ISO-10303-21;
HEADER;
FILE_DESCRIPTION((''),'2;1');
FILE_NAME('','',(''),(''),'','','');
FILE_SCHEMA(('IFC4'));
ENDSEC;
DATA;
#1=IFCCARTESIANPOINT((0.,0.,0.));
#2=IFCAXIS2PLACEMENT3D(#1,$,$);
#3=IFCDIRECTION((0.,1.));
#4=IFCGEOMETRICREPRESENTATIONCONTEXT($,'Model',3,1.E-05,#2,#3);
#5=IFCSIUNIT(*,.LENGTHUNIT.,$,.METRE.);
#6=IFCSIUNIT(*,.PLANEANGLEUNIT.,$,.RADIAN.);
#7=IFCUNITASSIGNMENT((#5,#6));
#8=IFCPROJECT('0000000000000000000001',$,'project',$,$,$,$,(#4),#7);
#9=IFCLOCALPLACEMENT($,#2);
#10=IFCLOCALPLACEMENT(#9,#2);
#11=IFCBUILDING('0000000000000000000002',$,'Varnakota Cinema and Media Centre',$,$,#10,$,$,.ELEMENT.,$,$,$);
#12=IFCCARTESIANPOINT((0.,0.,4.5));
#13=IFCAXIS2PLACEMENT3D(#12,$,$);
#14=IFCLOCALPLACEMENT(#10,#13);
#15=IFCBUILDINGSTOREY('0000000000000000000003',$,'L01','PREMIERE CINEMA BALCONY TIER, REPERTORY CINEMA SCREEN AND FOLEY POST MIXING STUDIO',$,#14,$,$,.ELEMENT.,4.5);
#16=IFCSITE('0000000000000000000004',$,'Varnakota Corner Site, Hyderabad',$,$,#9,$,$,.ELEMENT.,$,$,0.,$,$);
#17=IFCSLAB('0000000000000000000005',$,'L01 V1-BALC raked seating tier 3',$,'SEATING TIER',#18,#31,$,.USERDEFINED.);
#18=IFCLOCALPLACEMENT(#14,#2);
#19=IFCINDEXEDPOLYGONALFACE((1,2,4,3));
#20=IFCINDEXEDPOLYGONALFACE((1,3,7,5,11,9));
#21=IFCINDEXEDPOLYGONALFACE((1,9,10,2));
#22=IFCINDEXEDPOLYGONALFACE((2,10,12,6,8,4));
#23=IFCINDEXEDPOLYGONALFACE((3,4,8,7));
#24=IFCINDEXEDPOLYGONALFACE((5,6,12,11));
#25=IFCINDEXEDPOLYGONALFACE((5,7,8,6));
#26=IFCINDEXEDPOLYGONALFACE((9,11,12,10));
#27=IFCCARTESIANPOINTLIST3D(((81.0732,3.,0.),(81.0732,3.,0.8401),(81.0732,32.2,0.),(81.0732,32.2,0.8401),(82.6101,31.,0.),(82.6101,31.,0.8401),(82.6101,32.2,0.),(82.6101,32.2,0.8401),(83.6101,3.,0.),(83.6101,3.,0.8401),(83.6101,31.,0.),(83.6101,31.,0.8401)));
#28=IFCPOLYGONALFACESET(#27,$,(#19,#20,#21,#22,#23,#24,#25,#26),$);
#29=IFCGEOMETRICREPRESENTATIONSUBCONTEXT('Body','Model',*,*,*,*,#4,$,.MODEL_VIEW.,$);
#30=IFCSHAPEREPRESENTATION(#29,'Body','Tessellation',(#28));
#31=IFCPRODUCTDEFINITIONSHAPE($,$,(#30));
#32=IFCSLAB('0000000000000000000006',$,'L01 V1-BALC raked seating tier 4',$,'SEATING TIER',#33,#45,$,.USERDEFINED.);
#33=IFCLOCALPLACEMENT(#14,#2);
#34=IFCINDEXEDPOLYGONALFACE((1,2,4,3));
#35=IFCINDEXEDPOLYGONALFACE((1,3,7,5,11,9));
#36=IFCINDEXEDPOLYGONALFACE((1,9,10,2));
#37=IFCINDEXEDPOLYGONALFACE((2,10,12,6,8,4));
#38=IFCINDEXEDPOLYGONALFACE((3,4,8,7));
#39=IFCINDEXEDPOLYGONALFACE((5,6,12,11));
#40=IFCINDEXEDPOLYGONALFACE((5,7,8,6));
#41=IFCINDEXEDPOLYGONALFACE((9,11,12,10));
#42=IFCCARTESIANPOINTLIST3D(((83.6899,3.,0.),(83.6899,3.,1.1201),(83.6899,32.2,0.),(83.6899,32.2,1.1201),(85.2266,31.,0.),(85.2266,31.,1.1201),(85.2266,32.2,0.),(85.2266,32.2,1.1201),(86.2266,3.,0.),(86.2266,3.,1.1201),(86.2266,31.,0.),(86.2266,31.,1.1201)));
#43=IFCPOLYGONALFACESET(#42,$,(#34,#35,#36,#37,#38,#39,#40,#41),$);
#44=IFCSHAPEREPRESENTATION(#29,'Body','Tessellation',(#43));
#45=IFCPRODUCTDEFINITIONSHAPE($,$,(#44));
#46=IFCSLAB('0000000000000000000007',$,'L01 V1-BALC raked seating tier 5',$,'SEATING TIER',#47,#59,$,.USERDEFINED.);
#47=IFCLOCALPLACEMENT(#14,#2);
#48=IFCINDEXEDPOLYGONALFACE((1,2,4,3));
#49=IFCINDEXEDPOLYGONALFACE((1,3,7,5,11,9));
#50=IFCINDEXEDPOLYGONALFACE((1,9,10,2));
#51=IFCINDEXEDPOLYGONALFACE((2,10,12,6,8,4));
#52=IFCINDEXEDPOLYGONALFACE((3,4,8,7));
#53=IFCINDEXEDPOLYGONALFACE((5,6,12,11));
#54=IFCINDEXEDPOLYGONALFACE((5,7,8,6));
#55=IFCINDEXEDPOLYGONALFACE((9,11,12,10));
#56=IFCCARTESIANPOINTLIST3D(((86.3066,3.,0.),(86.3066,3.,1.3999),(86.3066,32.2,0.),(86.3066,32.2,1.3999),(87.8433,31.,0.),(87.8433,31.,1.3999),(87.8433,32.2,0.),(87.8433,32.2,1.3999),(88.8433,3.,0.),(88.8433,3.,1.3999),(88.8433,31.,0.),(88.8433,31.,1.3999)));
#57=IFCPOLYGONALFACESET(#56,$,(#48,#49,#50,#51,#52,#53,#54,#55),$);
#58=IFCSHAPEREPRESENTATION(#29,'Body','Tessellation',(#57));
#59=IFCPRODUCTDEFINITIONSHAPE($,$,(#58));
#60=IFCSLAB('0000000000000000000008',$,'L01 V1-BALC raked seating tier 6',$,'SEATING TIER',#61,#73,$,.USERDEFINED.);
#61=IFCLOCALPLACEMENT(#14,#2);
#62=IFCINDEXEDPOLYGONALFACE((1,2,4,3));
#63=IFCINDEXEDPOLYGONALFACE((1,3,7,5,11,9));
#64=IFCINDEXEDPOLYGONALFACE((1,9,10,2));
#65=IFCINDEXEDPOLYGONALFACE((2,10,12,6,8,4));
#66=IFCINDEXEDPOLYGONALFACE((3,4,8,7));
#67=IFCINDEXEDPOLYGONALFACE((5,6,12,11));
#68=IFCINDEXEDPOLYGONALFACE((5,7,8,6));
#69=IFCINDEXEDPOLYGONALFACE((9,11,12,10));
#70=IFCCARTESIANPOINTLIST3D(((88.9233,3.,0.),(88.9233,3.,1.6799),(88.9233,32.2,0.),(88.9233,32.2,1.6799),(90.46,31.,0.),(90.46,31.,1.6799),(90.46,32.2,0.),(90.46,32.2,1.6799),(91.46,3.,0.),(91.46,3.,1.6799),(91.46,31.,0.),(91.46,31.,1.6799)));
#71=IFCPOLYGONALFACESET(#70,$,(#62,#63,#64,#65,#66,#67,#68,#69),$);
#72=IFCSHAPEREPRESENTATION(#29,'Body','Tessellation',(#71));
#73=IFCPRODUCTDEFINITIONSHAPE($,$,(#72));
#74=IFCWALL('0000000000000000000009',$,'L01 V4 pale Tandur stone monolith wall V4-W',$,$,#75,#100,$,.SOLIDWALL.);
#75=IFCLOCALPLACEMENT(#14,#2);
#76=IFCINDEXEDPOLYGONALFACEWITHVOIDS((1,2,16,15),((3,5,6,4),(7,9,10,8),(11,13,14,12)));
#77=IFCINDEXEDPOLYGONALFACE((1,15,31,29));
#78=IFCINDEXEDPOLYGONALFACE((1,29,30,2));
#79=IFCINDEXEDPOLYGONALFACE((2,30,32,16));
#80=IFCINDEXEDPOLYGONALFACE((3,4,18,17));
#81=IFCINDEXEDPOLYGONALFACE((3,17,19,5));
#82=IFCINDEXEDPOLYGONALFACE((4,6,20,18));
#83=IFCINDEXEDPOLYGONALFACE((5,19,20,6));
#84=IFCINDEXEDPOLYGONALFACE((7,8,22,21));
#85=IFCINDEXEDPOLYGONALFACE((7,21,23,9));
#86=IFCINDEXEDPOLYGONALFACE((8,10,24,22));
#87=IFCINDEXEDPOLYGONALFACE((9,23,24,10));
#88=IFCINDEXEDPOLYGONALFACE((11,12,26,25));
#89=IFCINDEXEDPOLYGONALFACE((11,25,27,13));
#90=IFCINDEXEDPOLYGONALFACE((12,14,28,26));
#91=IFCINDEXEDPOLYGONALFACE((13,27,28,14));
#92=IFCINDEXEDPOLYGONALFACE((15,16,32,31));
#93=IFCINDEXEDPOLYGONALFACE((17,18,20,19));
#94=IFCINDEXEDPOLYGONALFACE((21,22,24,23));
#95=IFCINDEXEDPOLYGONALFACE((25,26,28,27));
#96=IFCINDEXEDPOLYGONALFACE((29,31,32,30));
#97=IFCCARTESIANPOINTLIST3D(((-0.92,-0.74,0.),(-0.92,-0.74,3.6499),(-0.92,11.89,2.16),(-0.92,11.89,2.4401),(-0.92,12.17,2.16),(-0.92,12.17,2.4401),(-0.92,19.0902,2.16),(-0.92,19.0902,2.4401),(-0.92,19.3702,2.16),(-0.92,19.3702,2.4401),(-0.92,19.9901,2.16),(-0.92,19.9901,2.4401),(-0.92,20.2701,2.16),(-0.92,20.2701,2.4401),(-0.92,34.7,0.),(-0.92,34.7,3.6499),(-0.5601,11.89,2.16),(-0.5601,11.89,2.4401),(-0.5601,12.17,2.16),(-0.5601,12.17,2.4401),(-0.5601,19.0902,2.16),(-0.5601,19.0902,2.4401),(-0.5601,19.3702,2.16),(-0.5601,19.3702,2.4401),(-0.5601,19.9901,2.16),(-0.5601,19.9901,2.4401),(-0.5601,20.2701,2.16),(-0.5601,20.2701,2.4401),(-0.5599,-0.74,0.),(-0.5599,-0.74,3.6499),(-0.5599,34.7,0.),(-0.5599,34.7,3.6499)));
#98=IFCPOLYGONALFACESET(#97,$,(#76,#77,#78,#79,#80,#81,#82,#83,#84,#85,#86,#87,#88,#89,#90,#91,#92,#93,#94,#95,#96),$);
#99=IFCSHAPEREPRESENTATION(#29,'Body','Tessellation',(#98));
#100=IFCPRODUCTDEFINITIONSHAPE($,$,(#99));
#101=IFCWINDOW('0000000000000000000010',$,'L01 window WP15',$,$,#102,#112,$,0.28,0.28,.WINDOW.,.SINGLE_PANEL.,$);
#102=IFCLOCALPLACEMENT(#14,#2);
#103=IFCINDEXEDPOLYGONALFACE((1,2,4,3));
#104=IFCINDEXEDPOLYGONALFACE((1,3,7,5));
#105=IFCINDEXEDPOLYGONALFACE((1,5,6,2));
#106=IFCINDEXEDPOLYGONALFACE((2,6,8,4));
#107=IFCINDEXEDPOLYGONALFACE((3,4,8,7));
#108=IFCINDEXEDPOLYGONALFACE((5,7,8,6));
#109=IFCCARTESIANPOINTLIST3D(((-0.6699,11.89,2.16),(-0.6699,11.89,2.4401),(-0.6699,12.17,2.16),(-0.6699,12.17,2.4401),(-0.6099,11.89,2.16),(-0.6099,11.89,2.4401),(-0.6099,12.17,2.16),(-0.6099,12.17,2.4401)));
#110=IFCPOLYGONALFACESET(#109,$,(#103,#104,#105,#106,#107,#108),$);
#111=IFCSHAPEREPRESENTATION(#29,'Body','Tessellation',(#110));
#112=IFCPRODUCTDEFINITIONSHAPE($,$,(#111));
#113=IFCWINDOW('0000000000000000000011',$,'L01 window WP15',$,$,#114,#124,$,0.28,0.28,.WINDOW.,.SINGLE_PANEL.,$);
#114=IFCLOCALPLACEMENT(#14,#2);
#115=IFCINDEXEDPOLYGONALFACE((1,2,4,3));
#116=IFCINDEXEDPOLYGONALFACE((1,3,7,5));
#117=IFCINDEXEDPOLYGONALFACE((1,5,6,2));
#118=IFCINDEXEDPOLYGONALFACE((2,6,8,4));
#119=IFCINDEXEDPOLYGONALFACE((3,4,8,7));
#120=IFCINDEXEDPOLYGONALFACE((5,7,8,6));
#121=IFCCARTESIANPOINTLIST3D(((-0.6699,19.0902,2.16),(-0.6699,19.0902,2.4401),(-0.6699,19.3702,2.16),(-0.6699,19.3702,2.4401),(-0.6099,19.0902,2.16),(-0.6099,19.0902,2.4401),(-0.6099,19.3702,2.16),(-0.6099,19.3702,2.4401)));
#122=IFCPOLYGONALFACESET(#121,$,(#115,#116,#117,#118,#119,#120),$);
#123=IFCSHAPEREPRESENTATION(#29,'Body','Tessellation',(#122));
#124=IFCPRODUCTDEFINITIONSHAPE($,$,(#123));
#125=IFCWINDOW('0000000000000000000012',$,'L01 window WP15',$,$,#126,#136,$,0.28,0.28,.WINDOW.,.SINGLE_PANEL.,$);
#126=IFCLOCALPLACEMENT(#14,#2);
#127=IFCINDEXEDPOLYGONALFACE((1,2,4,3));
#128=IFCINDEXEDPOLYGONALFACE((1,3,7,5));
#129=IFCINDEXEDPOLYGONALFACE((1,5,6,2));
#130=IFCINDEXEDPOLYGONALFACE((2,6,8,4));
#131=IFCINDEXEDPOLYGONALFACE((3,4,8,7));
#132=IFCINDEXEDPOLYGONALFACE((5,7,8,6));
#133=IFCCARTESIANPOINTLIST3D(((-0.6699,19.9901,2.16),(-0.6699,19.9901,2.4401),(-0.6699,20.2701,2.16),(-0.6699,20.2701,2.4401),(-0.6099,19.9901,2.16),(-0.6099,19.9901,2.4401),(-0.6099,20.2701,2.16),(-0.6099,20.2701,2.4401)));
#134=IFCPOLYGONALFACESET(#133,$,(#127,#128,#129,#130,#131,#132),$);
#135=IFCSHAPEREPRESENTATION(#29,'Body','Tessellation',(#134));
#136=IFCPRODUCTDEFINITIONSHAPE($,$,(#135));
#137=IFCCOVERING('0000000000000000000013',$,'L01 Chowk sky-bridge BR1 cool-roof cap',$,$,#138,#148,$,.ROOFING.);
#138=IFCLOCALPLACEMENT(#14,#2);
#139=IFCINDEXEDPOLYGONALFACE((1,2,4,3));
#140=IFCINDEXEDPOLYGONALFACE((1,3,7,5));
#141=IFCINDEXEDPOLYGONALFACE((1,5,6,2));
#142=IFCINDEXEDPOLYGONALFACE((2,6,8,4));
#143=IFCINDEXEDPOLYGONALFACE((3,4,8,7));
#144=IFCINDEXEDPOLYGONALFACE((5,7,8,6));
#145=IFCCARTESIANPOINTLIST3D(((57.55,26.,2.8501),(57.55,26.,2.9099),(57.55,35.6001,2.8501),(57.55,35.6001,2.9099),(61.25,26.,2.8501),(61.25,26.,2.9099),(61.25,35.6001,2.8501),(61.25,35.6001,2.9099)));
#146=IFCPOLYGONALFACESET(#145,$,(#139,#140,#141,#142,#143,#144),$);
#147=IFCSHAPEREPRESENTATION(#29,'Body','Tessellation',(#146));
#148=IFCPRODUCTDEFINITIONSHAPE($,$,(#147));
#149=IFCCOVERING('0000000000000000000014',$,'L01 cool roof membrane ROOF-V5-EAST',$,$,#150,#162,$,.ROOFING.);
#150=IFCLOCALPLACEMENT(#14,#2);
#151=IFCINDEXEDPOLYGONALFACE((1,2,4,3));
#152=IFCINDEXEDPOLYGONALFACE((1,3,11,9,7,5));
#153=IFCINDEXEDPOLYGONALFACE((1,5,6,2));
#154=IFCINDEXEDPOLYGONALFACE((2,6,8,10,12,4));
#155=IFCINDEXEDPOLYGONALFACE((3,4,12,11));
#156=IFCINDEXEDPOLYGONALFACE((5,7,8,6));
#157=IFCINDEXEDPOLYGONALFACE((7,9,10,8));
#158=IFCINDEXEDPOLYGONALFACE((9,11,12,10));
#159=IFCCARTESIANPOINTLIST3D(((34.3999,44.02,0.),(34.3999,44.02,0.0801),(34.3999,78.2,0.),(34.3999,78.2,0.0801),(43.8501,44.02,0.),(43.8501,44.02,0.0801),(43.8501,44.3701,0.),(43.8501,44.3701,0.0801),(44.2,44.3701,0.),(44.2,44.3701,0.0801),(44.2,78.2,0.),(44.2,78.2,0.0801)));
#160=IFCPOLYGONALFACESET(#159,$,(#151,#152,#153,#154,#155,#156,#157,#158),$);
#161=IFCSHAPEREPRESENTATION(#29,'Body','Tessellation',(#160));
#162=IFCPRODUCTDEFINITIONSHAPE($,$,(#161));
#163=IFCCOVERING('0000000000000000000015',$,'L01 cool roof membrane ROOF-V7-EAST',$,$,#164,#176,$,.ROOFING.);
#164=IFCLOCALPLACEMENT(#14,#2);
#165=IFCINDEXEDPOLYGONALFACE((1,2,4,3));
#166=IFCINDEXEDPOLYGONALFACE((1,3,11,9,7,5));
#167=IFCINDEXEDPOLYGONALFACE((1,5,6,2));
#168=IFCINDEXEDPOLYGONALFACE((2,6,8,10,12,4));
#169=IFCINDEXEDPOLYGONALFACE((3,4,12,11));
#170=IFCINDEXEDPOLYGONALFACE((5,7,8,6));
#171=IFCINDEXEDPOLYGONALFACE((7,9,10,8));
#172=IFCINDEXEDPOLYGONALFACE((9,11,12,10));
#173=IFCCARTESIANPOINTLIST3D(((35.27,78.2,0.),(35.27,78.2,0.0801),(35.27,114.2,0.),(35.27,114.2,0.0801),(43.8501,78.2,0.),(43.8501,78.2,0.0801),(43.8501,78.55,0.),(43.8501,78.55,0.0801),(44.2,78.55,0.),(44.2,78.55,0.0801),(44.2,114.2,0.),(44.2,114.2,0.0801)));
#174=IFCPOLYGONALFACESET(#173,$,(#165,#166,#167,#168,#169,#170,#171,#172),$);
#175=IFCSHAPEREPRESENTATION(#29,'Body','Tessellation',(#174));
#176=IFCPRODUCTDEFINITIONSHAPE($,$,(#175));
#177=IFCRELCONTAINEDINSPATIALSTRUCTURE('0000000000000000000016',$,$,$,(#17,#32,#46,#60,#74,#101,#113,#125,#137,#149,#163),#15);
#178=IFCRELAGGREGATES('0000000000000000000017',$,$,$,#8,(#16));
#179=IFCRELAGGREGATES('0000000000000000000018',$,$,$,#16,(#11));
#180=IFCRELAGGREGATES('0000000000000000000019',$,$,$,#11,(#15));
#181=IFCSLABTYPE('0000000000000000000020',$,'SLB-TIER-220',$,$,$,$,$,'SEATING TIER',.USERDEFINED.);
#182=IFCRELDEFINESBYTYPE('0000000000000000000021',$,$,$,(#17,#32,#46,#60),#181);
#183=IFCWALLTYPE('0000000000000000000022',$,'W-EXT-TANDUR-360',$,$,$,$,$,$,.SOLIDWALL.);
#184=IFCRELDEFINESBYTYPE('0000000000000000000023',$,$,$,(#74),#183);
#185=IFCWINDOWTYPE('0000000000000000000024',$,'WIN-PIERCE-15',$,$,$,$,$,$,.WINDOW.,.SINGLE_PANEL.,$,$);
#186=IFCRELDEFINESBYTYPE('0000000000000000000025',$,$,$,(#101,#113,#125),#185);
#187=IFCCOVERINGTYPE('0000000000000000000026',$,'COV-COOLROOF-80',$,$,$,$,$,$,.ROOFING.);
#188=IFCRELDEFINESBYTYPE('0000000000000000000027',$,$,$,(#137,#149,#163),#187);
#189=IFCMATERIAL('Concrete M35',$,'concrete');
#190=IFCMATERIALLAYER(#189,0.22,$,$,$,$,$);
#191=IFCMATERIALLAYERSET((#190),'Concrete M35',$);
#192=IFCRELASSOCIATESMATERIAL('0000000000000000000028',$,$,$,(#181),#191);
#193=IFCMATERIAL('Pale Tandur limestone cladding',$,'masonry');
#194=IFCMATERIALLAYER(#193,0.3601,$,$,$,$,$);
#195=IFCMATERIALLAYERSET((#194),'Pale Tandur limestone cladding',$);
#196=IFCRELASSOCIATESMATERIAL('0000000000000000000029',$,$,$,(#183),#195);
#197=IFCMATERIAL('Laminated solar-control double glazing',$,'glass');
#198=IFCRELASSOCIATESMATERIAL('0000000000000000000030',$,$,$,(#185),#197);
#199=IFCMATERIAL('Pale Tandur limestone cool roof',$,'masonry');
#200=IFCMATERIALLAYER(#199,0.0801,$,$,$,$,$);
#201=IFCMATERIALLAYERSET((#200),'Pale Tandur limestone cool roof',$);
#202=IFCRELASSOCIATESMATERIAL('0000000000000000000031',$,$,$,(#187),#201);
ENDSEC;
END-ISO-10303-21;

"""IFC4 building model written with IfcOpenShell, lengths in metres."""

from ifc_helpers import new_model, si_unit, direction, frame, frame_2d, origin, place, context, subcontext, project, spatial, polyline, rectangle, outline, extrude, material, layer, layer_set, type_object, element, fill, save


model = new_model("IFC4")

# Units and contexts
model_context = context("Model", 3, precision=1e-05, world=origin(), true_north=direction((0.0, 1.0)))
body_context = subcontext(model_context, "Body", "Model", "MODEL_VIEW")
ifc_project = project(units=[si_unit("LENGTHUNIT", "METRE"), si_unit("PLANEANGLEUNIT", "RADIAN")], contexts=[model_context])

# Site, building, storey
site_placement = place(None, origin())
site = spatial("IfcSite", under=ifc_project, at=site_placement, Name="Varnakota Corner Site, Hyderabad", CompositionType="ELEMENT", RefElevation=0.0)
building_placement = place(site_placement, origin())
building = spatial("IfcBuilding", under=site, at=building_placement, Name="Varnakota Cinema and Media Centre", CompositionType="ELEMENT")
storey_placement = place(building_placement, frame((0.0, 0.0, 4.5)))
storey = spatial("IfcBuildingStorey", under=building, at=storey_placement, Name="L01", Description="PREMIERE CINEMA BALCONY TIER, REPERTORY CINEMA SCREEN AND FOLEY POST MIXING STUDIO", CompositionType="ELEMENT", Elevation=4.5)

# Slabs
ifc_material_1 = material(Name="Concrete M35", Category="concrete")
ifc_layer_1 = layer(ifc_material_1, 0.22)
ifc_layer_set_1 = layer_set([ifc_layer_1], Name="Concrete M35")
slab_type_1 = type_object("IfcSlabType", Name="SLB-TIER-220", ElementType="SEATING TIER", PredefinedType="USERDEFINED", material=ifc_layer_set_1)
slab_1_placement = place(storey_placement, origin())
element("IfcSlab", 1, at=slab_1_placement, inside=storey, type_object=slab_type_1, Name="L01 V1-BALC raked seating tier 3", ObjectType="SEATING TIER", PredefinedType="USERDEFINED", context=body_context, shape_type="SweptSolid", body=[
    extrude(outline(polyline([(81.0732, 3.0), (83.6101, 3.0), (83.6101, 31.0), (82.6101, 31.0), (82.6101, 32.2), (81.0732, 32.2), (81.0732, 3.0)])), origin(), (0.0, 0.0, 1.0), 0.8401),
])
slab_2_placement = place(storey_placement, origin())
element("IfcSlab", 2, at=slab_2_placement, inside=storey, type_object=slab_type_1, Name="L01 V1-BALC raked seating tier 4", ObjectType="SEATING TIER", PredefinedType="USERDEFINED", context=body_context, shape_type="SweptSolid", body=[
    extrude(outline(polyline([(83.6899, 3.0), (86.2266, 3.0), (86.2266, 31.0), (85.2266, 31.0), (85.2266, 32.2), (83.6899, 32.2), (83.6899, 3.0)])), origin(), (0.0, 0.0, 1.0), 1.1201),
])
slab_3_placement = place(storey_placement, origin())
element("IfcSlab", 3, at=slab_3_placement, inside=storey, type_object=slab_type_1, Name="L01 V1-BALC raked seating tier 5", ObjectType="SEATING TIER", PredefinedType="USERDEFINED", context=body_context, shape_type="SweptSolid", body=[
    extrude(outline(polyline([(86.3066, 3.0), (88.8433, 3.0), (88.8433, 31.0), (87.8433, 31.0), (87.8433, 32.2), (86.3066, 32.2), (86.3066, 3.0)])), origin(), (0.0, 0.0, 1.0), 1.3999),
])
slab_4_placement = place(storey_placement, origin())
element("IfcSlab", 4, at=slab_4_placement, inside=storey, type_object=slab_type_1, Name="L01 V1-BALC raked seating tier 6", ObjectType="SEATING TIER", PredefinedType="USERDEFINED", context=body_context, shape_type="SweptSolid", body=[
    extrude(outline(polyline([(88.9233, 3.0), (91.46, 3.0), (91.46, 31.0), (90.46, 31.0), (90.46, 32.2), (88.9233, 32.2), (88.9233, 3.0)])), origin(), (0.0, 0.0, 1.0), 1.6799),
])

# Wall, openings, windows
ifc_material_2 = material(Name="Pale Tandur limestone cladding", Category="masonry")
ifc_layer_2 = layer(ifc_material_2, 0.3601)
ifc_layer_set_2 = layer_set([ifc_layer_2], Name="Pale Tandur limestone cladding")
wall_type = type_object("IfcWallType", Name="W-EXT-TANDUR-360", PredefinedType="SOLIDWALL", material=ifc_layer_set_2)
wall_placement = place(storey_placement, frame((-0.74, -0.74, 0.0), z_axis=(0.0, 0.0, 1.0), x_axis=(0.0, 1.0, 0.0)))
wall = element("IfcWall", 5, at=wall_placement, inside=storey, type_object=wall_type, Name="L01 V4 pale Tandur stone monolith wall V4-W", PredefinedType="SOLIDWALL", context=body_context, shape_type="SweptSolid", body=[
    extrude(rectangle(XDim=35.4399, YDim=0.3601, at=frame_2d((17.72, 0.0))), origin(), (0.0, 0.0, 1.0), 3.6499),
])
opening_1_placement = place(wall_placement, frame((12.6299, 0.0, 2.1599)))
opening_1 = element("IfcOpeningElement", 6, at=opening_1_placement, cuts=wall, PredefinedType="OPENING", context=body_context, shape_type="SweptSolid", body=[
    extrude(rectangle(XDim=0.28, YDim=0.28, at=frame_2d((0.1401, 0.1401))), frame((0.0, 0.1802, 0.0), z_axis=(0.0, -1.0, 0.0), x_axis=(1.0, 0.0, 0.0)), (0.0, 0.0, 1.0), 0.3601),
])
opening_2_placement = place(wall_placement, frame((19.8301, 0.0, 2.1599)))
opening_2 = element("IfcOpeningElement", 7, at=opening_2_placement, cuts=wall, PredefinedType="OPENING", context=body_context, shape_type="SweptSolid", body=[
    extrude(rectangle(XDim=0.28, YDim=0.28, at=frame_2d((0.1401, 0.1401))), frame((0.0, 0.1802, 0.0), z_axis=(0.0, -1.0, 0.0), x_axis=(1.0, 0.0, 0.0)), (0.0, 0.0, 1.0), 0.3601),
])
opening_3_placement = place(wall_placement, frame((20.73, 0.0, 2.1599)))
opening_3 = element("IfcOpeningElement", 8, at=opening_3_placement, cuts=wall, PredefinedType="OPENING", context=body_context, shape_type="SweptSolid", body=[
    extrude(rectangle(XDim=0.28, YDim=0.28, at=frame_2d((0.1401, 0.1401))), frame((0.0, 0.1802, 0.0), z_axis=(0.0, -1.0, 0.0), x_axis=(1.0, 0.0, 0.0)), (0.0, 0.0, 1.0), 0.3601),
])
ifc_material_3 = material(Name="Laminated solar-control double glazing", Category="glass")
window_type = type_object("IfcWindowType", Name="WIN-PIERCE-15", PartitioningType="SINGLE_PANEL", PredefinedType="WINDOW", material=ifc_material_3)
window_1_placement = place(opening_1_placement, origin())
window_1 = element("IfcWindow", 9, at=window_1_placement, inside=storey, type_object=window_type, Name="L01 window WP15", OverallHeight=0.28, OverallWidth=0.28, PartitioningType="SINGLE_PANEL", PredefinedType="WINDOW", context=body_context, shape_type="SweptSolid", body=[
    extrude(rectangle(XDim=0.28, YDim=0.28, at=frame_2d((0.1401, 0.1401))), frame((0.0, -0.0701, 0.0), z_axis=(0.0, -1.0, 0.0), x_axis=(1.0, 0.0, 0.0)), (0.0, 0.0, 1.0), 0.0601),
])
fill(opening_1, window_1)
window_2_placement = place(opening_2_placement, origin())
window_2 = element("IfcWindow", 10, at=window_2_placement, inside=storey, type_object=window_type, Name="L01 window WP15", OverallHeight=0.28, OverallWidth=0.28, PartitioningType="SINGLE_PANEL", PredefinedType="WINDOW", context=body_context, shape_type="SweptSolid", body=[
    extrude(rectangle(XDim=0.28, YDim=0.28, at=frame_2d((0.1401, 0.1401))), frame((0.0, -0.0701, 0.0), z_axis=(0.0, -1.0, 0.0), x_axis=(1.0, 0.0, 0.0)), (0.0, 0.0, 1.0), 0.0601),
])
fill(opening_2, window_2)
window_3_placement = place(opening_3_placement, origin())
window_3 = element("IfcWindow", 11, at=window_3_placement, inside=storey, type_object=window_type, Name="L01 window WP15", OverallHeight=0.28, OverallWidth=0.28, PartitioningType="SINGLE_PANEL", PredefinedType="WINDOW", context=body_context, shape_type="SweptSolid", body=[
    extrude(rectangle(XDim=0.28, YDim=0.28, at=frame_2d((0.1401, 0.1401))), frame((0.0, -0.0701, 0.0), z_axis=(0.0, -1.0, 0.0), x_axis=(1.0, 0.0, 0.0)), (0.0, 0.0, 1.0), 0.0601),
])
fill(opening_3, window_3)

# Coverings
ifc_material_4 = material(Name="Pale Tandur limestone cool roof", Category="masonry")
ifc_layer_3 = layer(ifc_material_4, 0.0801)
ifc_layer_set_3 = layer_set([ifc_layer_3], Name="Pale Tandur limestone cool roof")
covering_type_1 = type_object("IfcCoveringType", Name="COV-COOLROOF-80", PredefinedType="ROOFING", material=ifc_layer_set_3)
covering_1_placement = place(storey_placement, frame((0.0, 0.0, 2.8501)))
element("IfcCovering", 12, at=covering_1_placement, inside=storey, type_object=covering_type_1, Name="L01 Chowk sky-bridge BR1 cool-roof cap", PredefinedType="ROOFING", context=body_context, shape_type="SweptSolid", body=[
    extrude(outline(polyline([(57.55, 26.0), (61.25, 26.0), (61.25, 35.6001), (57.55, 35.6001), (57.55, 26.0)])), origin(), (0.0, 0.0, 1.0), 0.0598),
])
covering_2_placement = place(storey_placement, origin())
element("IfcCovering", 13, at=covering_2_placement, inside=storey, type_object=covering_type_1, Name="L01 cool roof membrane ROOF-V5-EAST", PredefinedType="ROOFING", context=body_context, shape_type="SweptSolid", body=[
    extrude(outline(polyline([(34.3999, 44.02), (43.8501, 44.02), (43.8501, 44.3701), (44.2, 44.3701), (44.2, 78.2), (34.3999, 78.2), (34.3999, 44.02)])), origin(), (0.0, 0.0, 1.0), 0.0801),
])
covering_3_placement = place(storey_placement, origin())
element("IfcCovering", 14, at=covering_3_placement, inside=storey, type_object=covering_type_1, Name="L01 cool roof membrane ROOF-V7-EAST", PredefinedType="ROOFING", context=body_context, shape_type="SweptSolid", body=[
    extrude(outline(polyline([(35.27, 78.2), (43.8501, 78.2), (43.8501, 78.55), (44.2, 78.55), (44.2, 114.2), (35.27, 114.2), (35.27, 78.2)])), origin(), (0.0, 0.0, 1.0), 0.0801),
])

save(model, "model.ifc")
